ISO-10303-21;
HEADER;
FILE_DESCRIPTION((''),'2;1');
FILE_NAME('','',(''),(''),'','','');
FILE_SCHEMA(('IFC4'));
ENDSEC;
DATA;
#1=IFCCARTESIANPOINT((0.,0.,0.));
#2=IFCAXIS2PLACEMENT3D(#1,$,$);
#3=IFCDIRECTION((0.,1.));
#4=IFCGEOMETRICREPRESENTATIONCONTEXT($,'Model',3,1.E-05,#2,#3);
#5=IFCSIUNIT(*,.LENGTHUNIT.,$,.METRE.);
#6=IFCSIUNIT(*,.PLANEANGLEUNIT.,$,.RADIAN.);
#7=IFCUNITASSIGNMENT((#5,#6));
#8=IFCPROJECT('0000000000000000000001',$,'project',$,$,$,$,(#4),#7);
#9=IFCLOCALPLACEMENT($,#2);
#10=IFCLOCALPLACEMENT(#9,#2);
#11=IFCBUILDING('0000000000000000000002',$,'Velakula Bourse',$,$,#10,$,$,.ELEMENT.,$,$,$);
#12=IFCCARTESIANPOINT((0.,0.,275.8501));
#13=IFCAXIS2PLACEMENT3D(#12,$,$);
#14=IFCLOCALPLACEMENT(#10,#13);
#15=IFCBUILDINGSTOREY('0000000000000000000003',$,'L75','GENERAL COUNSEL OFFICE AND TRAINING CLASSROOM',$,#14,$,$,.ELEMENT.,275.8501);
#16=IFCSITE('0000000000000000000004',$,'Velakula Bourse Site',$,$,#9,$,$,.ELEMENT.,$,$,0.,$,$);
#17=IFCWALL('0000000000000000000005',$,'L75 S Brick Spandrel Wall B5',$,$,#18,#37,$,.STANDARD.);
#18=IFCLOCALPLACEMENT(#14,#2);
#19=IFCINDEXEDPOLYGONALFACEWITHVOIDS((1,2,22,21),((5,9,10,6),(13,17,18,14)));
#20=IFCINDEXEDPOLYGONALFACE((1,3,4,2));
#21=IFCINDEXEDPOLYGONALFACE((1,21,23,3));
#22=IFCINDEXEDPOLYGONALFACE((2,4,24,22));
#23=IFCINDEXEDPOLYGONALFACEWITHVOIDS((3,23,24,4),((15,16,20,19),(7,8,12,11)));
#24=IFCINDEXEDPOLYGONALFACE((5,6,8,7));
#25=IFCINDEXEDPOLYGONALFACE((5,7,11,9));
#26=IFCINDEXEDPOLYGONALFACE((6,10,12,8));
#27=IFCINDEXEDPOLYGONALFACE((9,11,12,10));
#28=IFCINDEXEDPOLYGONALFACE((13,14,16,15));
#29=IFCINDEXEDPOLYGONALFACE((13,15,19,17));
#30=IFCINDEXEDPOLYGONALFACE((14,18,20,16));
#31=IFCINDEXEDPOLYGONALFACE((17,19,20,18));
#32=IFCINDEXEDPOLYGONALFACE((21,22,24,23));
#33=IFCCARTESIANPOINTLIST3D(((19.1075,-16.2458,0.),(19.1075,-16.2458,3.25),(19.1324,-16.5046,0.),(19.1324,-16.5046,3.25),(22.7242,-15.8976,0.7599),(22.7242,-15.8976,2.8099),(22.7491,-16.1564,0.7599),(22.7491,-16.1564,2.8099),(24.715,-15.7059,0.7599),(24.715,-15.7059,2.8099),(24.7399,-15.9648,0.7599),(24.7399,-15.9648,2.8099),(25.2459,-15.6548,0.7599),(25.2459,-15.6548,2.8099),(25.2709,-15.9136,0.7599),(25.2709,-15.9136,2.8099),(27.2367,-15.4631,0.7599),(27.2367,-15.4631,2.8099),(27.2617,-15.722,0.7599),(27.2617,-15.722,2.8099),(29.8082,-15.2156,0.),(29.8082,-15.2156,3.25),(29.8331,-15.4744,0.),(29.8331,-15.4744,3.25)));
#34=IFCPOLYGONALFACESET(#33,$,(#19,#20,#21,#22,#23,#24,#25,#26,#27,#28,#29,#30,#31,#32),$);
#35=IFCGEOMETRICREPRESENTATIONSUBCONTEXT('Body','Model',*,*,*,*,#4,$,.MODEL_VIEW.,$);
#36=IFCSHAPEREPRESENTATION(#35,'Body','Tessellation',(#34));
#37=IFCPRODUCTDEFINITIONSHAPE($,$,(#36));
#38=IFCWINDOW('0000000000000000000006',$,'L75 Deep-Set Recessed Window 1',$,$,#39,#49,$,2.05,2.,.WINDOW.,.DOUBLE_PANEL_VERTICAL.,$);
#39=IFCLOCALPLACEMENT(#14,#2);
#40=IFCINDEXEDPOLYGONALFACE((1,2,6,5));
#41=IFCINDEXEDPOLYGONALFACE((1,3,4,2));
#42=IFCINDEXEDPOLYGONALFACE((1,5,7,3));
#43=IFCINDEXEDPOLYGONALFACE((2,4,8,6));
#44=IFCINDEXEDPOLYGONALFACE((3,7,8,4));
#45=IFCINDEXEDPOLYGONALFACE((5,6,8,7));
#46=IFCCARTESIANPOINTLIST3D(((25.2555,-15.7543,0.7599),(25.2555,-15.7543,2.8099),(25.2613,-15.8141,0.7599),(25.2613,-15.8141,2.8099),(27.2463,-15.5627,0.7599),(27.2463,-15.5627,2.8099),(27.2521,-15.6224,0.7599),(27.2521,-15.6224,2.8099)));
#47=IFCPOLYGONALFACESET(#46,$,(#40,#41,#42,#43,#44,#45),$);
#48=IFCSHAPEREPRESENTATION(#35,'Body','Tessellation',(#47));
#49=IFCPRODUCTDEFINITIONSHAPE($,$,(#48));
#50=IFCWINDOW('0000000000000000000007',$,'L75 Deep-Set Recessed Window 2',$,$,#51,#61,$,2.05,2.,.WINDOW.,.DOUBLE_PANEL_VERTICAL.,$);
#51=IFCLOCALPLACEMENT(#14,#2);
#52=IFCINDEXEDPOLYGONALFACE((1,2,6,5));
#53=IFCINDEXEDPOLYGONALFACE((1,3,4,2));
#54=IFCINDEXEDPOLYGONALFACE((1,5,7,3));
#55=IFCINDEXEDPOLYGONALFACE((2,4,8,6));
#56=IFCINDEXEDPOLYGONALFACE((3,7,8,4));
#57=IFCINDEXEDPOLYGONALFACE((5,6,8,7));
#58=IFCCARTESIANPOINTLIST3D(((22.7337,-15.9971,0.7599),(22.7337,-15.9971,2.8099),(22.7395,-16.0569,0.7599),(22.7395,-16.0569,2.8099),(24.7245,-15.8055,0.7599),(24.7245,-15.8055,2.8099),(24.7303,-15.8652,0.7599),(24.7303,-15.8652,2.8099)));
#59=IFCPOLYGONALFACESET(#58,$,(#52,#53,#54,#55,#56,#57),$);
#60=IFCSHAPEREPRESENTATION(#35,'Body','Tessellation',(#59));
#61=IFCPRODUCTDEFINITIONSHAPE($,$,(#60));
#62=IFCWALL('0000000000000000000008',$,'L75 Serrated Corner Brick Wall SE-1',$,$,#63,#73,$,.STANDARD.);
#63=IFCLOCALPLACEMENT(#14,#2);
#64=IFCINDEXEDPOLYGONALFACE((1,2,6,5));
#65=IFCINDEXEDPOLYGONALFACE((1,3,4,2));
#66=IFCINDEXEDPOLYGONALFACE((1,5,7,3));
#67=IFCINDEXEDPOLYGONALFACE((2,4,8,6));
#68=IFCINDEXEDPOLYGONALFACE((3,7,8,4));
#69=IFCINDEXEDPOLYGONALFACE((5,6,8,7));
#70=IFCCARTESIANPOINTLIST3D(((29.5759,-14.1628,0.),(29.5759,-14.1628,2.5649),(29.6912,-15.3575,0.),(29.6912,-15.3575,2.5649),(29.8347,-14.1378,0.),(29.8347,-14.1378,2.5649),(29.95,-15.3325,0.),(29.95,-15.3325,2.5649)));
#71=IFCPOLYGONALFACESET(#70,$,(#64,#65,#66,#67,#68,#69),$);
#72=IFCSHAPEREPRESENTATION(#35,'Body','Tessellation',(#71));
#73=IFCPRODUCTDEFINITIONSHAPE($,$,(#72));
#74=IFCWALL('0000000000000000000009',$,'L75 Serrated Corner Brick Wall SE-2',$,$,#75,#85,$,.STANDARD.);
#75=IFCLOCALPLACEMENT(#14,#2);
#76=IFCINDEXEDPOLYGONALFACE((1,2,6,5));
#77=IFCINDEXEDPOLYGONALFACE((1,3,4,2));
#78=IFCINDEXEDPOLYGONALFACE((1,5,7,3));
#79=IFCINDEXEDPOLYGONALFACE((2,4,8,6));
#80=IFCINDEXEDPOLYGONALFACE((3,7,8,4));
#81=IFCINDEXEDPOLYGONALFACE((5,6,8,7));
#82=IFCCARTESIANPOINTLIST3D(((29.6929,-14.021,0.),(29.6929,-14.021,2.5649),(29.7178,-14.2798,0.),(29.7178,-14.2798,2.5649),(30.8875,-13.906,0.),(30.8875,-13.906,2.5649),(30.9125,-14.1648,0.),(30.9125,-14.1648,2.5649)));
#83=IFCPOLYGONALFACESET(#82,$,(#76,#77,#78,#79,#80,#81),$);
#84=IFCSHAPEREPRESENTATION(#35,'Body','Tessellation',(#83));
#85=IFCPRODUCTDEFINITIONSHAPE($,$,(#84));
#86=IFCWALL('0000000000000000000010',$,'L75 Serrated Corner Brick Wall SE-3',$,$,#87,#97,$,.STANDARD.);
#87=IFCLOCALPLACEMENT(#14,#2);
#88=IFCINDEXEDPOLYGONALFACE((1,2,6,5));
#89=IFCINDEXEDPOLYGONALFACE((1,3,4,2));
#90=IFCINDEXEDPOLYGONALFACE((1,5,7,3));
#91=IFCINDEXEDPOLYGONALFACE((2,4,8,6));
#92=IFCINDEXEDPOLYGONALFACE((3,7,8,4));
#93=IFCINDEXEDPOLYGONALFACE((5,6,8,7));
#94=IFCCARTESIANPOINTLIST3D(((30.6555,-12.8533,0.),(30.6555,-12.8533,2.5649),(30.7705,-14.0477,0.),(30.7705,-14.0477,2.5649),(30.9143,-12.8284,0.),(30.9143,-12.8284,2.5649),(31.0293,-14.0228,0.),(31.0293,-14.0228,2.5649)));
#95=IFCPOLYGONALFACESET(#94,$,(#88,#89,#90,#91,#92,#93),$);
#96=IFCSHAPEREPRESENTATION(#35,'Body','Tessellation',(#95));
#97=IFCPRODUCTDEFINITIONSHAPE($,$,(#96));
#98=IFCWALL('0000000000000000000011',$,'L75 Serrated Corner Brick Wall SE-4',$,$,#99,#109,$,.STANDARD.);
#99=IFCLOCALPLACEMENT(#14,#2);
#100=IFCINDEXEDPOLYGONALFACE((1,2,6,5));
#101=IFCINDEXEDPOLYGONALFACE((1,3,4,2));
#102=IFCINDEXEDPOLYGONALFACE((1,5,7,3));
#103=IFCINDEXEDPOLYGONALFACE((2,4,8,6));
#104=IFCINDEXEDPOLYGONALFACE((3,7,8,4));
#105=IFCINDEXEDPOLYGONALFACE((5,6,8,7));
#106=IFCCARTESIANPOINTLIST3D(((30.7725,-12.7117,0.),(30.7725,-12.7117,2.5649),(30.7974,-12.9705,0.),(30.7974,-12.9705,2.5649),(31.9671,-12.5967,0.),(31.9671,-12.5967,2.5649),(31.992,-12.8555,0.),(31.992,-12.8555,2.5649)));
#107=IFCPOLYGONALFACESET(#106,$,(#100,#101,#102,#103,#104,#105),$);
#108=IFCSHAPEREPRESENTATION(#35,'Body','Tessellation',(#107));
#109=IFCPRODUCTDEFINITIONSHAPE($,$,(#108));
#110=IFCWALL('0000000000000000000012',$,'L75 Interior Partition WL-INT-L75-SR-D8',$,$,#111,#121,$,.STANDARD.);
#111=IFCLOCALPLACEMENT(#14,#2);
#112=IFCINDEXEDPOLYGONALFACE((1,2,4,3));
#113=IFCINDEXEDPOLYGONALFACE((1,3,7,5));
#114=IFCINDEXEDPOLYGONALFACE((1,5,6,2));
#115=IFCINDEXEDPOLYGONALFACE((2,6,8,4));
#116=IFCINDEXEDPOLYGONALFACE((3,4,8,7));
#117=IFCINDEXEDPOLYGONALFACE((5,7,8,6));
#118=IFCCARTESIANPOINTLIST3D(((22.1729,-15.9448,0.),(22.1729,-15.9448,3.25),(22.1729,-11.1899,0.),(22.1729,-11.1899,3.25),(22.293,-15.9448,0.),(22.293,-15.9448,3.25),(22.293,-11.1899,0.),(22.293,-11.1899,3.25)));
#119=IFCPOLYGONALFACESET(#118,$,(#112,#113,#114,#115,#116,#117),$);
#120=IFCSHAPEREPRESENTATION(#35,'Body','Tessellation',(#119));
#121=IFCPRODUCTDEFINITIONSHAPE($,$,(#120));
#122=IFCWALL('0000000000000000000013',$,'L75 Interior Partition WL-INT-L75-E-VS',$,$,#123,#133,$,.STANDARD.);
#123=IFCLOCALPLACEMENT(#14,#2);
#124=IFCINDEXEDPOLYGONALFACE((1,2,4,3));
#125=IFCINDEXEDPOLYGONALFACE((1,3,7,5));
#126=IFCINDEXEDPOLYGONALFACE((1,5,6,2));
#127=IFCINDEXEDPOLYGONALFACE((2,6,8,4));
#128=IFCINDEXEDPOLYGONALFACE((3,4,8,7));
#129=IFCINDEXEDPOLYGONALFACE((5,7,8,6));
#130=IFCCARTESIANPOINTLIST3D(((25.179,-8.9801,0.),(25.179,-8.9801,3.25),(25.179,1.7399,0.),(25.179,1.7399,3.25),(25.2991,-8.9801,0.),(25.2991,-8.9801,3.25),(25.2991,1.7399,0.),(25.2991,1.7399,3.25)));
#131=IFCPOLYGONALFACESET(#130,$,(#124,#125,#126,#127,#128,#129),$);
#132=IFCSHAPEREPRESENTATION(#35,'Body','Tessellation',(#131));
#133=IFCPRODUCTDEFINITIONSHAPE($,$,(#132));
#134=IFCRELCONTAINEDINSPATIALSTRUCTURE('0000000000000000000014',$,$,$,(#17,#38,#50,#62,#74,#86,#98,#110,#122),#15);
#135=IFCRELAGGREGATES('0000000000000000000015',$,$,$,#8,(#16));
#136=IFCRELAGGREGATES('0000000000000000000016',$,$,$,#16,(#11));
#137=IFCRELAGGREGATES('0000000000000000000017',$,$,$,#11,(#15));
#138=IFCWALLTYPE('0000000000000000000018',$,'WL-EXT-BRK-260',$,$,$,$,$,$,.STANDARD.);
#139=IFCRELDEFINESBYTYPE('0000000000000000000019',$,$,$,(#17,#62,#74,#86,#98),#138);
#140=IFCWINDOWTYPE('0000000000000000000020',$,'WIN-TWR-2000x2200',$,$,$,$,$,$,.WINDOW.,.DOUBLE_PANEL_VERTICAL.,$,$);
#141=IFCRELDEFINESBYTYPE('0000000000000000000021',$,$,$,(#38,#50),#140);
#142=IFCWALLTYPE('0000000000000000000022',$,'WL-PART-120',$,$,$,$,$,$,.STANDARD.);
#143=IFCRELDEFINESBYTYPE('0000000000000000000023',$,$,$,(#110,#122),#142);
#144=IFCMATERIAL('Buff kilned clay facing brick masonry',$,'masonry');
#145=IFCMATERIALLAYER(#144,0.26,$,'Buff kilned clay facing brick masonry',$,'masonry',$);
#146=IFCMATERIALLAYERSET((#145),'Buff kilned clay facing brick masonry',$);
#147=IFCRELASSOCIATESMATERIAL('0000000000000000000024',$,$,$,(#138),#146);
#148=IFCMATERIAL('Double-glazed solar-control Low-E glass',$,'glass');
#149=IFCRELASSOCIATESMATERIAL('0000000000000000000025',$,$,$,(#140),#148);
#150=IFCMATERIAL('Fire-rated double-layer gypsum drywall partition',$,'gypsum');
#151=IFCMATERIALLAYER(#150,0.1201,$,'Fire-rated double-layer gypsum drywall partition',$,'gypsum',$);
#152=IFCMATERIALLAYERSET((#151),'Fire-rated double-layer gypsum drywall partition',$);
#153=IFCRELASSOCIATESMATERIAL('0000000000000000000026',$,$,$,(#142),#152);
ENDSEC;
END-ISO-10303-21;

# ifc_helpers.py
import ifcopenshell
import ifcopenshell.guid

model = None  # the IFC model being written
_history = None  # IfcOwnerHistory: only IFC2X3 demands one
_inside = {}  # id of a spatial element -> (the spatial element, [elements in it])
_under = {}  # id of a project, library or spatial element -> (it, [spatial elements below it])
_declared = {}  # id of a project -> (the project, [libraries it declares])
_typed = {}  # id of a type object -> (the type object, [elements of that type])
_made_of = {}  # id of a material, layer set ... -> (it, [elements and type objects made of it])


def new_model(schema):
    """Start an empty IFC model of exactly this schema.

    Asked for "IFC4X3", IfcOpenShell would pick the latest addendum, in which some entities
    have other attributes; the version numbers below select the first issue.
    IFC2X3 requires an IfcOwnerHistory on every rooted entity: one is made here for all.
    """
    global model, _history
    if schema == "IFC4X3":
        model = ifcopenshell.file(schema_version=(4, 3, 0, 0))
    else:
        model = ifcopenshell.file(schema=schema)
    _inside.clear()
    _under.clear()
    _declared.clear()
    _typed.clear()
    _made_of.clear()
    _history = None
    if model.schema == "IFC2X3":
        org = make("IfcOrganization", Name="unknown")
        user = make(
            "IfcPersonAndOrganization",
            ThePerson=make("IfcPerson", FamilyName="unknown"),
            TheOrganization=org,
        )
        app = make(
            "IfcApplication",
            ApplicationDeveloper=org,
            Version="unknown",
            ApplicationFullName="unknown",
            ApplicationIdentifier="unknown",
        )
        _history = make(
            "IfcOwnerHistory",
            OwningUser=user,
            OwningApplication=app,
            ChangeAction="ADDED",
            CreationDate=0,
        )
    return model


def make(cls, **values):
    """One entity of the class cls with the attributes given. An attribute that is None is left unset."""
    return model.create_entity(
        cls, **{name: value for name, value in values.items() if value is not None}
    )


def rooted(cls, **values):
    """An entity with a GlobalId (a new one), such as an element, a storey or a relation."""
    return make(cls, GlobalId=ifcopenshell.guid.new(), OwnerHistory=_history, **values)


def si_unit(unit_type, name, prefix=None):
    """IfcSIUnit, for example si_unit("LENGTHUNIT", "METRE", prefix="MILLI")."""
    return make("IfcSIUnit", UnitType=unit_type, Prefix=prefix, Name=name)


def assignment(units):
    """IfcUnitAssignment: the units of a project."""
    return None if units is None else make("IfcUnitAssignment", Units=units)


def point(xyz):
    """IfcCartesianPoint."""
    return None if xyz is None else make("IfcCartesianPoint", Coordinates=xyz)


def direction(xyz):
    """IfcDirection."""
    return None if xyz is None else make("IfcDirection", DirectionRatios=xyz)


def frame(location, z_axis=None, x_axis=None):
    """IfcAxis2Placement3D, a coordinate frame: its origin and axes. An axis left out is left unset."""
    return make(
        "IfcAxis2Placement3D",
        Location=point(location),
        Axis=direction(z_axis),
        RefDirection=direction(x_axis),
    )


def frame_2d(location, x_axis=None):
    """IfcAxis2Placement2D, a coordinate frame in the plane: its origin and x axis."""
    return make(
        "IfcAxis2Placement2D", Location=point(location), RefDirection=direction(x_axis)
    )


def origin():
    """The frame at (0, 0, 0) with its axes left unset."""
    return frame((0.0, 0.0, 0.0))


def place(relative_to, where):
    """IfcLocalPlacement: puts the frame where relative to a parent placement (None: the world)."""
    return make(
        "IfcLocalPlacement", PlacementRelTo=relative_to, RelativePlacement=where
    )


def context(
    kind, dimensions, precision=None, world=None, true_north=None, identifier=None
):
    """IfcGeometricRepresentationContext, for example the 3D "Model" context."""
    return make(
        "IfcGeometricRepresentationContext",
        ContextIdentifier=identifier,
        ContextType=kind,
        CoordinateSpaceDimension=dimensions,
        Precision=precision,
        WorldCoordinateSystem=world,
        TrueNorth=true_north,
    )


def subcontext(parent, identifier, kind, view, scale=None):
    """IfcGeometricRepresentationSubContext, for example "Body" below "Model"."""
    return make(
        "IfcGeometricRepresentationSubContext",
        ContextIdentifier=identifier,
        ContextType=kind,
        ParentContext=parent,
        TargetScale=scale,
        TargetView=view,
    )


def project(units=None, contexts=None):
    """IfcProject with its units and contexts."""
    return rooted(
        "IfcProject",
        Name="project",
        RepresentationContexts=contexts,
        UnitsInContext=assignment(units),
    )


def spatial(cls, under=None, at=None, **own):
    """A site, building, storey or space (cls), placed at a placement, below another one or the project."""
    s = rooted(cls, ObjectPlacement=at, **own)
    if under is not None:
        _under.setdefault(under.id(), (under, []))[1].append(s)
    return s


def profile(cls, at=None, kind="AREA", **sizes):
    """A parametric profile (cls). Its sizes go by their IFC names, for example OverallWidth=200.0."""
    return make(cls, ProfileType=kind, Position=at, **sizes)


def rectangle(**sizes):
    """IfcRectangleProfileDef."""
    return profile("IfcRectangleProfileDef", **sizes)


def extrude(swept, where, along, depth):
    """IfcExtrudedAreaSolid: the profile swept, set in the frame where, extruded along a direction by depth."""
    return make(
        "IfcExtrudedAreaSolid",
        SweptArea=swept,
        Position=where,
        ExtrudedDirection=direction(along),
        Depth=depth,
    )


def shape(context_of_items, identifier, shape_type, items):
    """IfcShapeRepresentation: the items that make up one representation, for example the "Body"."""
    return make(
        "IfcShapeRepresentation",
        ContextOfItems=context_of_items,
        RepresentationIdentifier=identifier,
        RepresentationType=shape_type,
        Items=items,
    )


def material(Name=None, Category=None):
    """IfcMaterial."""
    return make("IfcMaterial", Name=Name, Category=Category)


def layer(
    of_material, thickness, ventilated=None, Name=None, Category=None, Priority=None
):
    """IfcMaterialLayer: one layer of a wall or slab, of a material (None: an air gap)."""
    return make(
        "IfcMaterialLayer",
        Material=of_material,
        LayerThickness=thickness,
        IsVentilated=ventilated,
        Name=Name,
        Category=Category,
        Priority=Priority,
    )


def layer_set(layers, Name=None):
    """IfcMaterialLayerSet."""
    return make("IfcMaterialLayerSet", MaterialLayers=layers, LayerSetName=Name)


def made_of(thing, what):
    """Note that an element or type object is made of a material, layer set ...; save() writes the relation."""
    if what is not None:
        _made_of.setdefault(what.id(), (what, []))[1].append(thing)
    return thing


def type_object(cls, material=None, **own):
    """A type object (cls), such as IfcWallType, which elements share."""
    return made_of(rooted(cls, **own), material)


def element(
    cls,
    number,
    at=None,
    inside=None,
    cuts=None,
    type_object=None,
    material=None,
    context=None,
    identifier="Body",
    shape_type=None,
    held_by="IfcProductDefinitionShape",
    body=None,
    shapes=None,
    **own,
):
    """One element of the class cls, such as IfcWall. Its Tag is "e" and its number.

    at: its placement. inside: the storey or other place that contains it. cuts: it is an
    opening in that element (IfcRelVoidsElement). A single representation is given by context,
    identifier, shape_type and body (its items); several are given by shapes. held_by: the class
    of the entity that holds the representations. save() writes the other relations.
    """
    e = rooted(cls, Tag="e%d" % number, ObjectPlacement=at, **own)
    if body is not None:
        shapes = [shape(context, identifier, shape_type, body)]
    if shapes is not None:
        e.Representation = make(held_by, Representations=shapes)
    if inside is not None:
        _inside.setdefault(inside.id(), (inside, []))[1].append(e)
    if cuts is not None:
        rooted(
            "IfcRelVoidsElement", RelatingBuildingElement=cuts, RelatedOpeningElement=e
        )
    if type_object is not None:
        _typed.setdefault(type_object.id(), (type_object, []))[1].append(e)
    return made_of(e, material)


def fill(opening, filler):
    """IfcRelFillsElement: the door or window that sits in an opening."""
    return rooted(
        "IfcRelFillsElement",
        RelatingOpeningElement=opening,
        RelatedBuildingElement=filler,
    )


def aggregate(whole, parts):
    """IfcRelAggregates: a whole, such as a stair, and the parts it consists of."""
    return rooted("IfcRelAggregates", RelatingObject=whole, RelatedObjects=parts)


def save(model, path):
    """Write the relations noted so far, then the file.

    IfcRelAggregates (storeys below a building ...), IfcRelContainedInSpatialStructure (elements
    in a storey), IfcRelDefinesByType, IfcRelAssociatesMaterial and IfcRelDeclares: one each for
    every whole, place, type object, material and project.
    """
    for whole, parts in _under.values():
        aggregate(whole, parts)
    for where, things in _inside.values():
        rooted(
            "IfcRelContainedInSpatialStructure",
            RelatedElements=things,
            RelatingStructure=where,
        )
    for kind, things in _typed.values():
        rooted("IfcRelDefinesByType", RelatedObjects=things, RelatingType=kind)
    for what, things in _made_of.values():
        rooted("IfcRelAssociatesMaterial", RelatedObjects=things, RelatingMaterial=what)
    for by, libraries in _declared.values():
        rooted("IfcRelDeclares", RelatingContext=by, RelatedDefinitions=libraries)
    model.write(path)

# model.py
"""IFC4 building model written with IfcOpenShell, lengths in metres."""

from ifc_helpers import new_model, si_unit, direction, frame, frame_2d, origin, place, context, subcontext, project, spatial, rectangle, extrude, material, layer, layer_set, type_object, element, fill, save


model = new_model("IFC4")

# Units and contexts
model_context = context("Model", 3, precision=1e-05, world=origin(), true_north=direction((0.0, 1.0)))
body_context = subcontext(model_context, "Body", "Model", "MODEL_VIEW")
ifc_project = project(units=[si_unit("LENGTHUNIT", "METRE"), si_unit("PLANEANGLEUNIT", "RADIAN")], contexts=[model_context])

# Site, building, storey
site_placement = place(None, origin())
site = spatial("IfcSite", under=ifc_project, at=site_placement, Name="Velakula Bourse Site", CompositionType="ELEMENT", RefElevation=0.0)
building_placement = place(site_placement, origin())
building = spatial("IfcBuilding", under=site, at=building_placement, Name="Velakula Bourse", CompositionType="ELEMENT")
storey_placement = place(building_placement, frame((0.0, 0.0, 275.8501)))
storey = spatial("IfcBuildingStorey", under=building, at=storey_placement, Name="L75", Description="GENERAL COUNSEL OFFICE AND TRAINING CLASSROOM", CompositionType="ELEMENT", Elevation=275.8501)

# Wall, openings, windows
ifc_material_1 = material(Name="Buff kilned clay facing brick masonry", Category="masonry")
ifc_layer_1 = layer(ifc_material_1, 0.26, Name="Buff kilned clay facing brick masonry", Category="masonry")
ifc_layer_set_1 = layer_set([ifc_layer_1], Name="Buff kilned clay facing brick masonry")
wall_type_1 = type_object("IfcWallType", Name="WL-EXT-BRK-260", PredefinedType="STANDARD", material=ifc_layer_set_1)
wall_1_placement = place(storey_placement, frame((29.8206, -15.345, 0.0), z_axis=(0.0, 0.0, 1.0), x_axis=(-0.995397, -0.095838, 0.0)))
wall_1 = element("IfcWall", 1, at=wall_1_placement, inside=storey, type_object=wall_type_1, Name="L75 S Brick Spandrel Wall B5", PredefinedType="STANDARD", context=body_context, shape_type="SweptSolid", body=[
    extrude(rectangle(XDim=10.7502, YDim=0.26, at=frame_2d((5.375, 0.0))), origin(), (0.0, 0.0, 1.0), 3.25),
])
opening_1_placement = place(wall_1_placement, frame((2.5833, 0.0, 0.76)))
opening_1 = element("IfcOpeningElement", 2, at=opening_1_placement, cuts=wall_1, PredefinedType="OPENING", context=body_context, shape_type="SweptSolid", body=[
    extrude(rectangle(XDim=2.0, YDim=2.05, at=frame_2d((1.0, 1.0249))), frame((0.0, 0.1399, 0.0), z_axis=(0.0, -1.0, 0.0), x_axis=(1.0, 0.0, 0.0)), (0.0, 0.0, 1.0), 0.28),
])
opening_2_placement = place(wall_1_placement, frame((5.1167, 0.0, 0.76)))
opening_2 = element("IfcOpeningElement", 3, at=opening_2_placement, cuts=wall_1, PredefinedType="OPENING", context=body_context, shape_type="SweptSolid", body=[
    extrude(rectangle(XDim=2.0, YDim=2.05, at=frame_2d((1.0, 1.0249))), frame((0.0, 0.1399, 0.0), z_axis=(0.0, -1.0, 0.0), x_axis=(1.0, 0.0, 0.0)), (0.0, 0.0, 1.0), 0.28),
])
ifc_material_2 = material(Name="Double-glazed solar-control Low-E glass", Category="glass")
window_type = type_object("IfcWindowType", Name="WIN-TWR-2000x2200", PartitioningType="DOUBLE_PANEL_VERTICAL", PredefinedType="WINDOW", material=ifc_material_2)
window_1_placement = place(opening_1_placement, origin())
window_1 = element("IfcWindow", 4, at=window_1_placement, inside=storey, type_object=window_type, Name="L75 Deep-Set Recessed Window 1", OverallHeight=2.05, OverallWidth=2.0, PartitioningType="DOUBLE_PANEL_VERTICAL", PredefinedType="WINDOW", context=body_context, shape_type="SweptSolid", body=[
    extrude(rectangle(XDim=2.0, YDim=2.05, at=frame_2d((1.0, 1.0249))), frame((0.0, 0.03, 0.0), z_axis=(0.0, -1.0, 0.0), x_axis=(1.0, 0.0, 0.0)), (0.0, 0.0, 1.0), 0.0601),
])
fill(opening_1, window_1)
window_2_placement = place(opening_2_placement, origin())
window_2 = element("IfcWindow", 5, at=window_2_placement, inside=storey, type_object=window_type, Name="L75 Deep-Set Recessed Window 2", OverallHeight=2.05, OverallWidth=2.0, PartitioningType="DOUBLE_PANEL_VERTICAL", PredefinedType="WINDOW", context=body_context, shape_type="SweptSolid", body=[
    extrude(rectangle(XDim=2.0, YDim=2.05, at=frame_2d((1.0, 1.0249))), frame((0.0, 0.03, 0.0), z_axis=(0.0, -1.0, 0.0), x_axis=(1.0, 0.0, 0.0)), (0.0, 0.0, 1.0), 0.0601),
])
fill(opening_2, window_2)

# Walls
for number, where, z_axis, x_axis, name in (
    (6, (29.8206, -15.345, 0.0), (0.0, 0.0, 1.0), (-0.096019, 0.99538, 0.0), "L75 Serrated Corner Brick Wall SE-1"),
    (7, (29.7053, -14.1504, 0.0), (0.0, 0.0, 1.0), (0.995399, 0.095817, 0.0), "L75 Serrated Corner Brick Wall SE-2"),
):
    element("IfcWall", number, at=place(storey_placement, frame(where, z_axis=z_axis, x_axis=x_axis)), inside=storey, type_object=wall_type_1, Name=name, PredefinedType="STANDARD", context=body_context, shape_type="SweptSolid", body=[
        extrude(rectangle(XDim=1.2002, YDim=0.26, at=frame_2d((0.6001, 0.0))), origin(), (0.0, 0.0, 1.0), 2.5649),
    ])
wall_2_placement = place(storey_placement, frame((30.8999, -14.0354, 0.0), z_axis=(0.0, 0.0, 1.0), x_axis=(-0.095836, 0.995397, 0.0)))
element("IfcWall", 8, at=wall_2_placement, inside=storey, type_object=wall_type_1, Name="L75 Serrated Corner Brick Wall SE-3", PredefinedType="STANDARD", context=body_context, shape_type="SweptSolid", body=[
    extrude(rectangle(XDim=1.2, YDim=0.26, at=frame_2d((0.6001, 0.0))), origin(), (0.0, 0.0, 1.0), 2.5649),
])
wall_3_placement = place(storey_placement, frame((30.7849, -12.8411, 0.0), z_axis=(0.0, 0.0, 1.0), x_axis=(0.995399, 0.095817, 0.0)))
element("IfcWall", 9, at=wall_3_placement, inside=storey, type_object=wall_type_1, Name="L75 Serrated Corner Brick Wall SE-4", PredefinedType="STANDARD", context=body_context, shape_type="SweptSolid", body=[
    extrude(rectangle(XDim=1.2002, YDim=0.26, at=frame_2d((0.6001, 0.0))), origin(), (0.0, 0.0, 1.0), 2.5649),
])
ifc_material_3 = material(Name="Fire-rated double-layer gypsum drywall partition", Category="gypsum")
ifc_layer_2 = layer(ifc_material_3, 0.1201, Name="Fire-rated double-layer gypsum drywall partition", Category="gypsum")
ifc_layer_set_2 = layer_set([ifc_layer_2], Name="Fire-rated double-layer gypsum drywall partition")
wall_type_2 = type_object("IfcWallType", Name="WL-PART-120", PredefinedType="STANDARD", material=ifc_layer_set_2)
wall_4_placement = place(storey_placement, frame((22.2329, -15.9448, 0.0), z_axis=(0.0, 0.0, 1.0), x_axis=(0.0, 1.0, 0.0)))
element("IfcWall", 10, at=wall_4_placement, inside=storey, type_object=wall_type_2, Name="L75 Interior Partition WL-INT-L75-SR-D8", PredefinedType="STANDARD", context=body_context, shape_type="SweptSolid", body=[
    extrude(rectangle(XDim=4.7549, YDim=0.1201, at=frame_2d((2.3774, 0.0))), origin(), (0.0, 0.0, 1.0), 3.25),
])
wall_5_placement = place(storey_placement, frame((25.239, -8.98, 0.0), z_axis=(0.0, 0.0, 1.0), x_axis=(0.0, 1.0, 0.0)))
element("IfcWall", 11, at=wall_5_placement, inside=storey, type_object=wall_type_2, Name="L75 Interior Partition WL-INT-L75-E-VS", PredefinedType="STANDARD", context=body_context, shape_type="SweptSolid", body=[
    extrude(rectangle(XDim=10.72, YDim=0.1201, at=frame_2d((5.3599, 0.0))), origin(), (0.0, 0.0, 1.0), 3.25),
])

save(model, "model.ifc")
